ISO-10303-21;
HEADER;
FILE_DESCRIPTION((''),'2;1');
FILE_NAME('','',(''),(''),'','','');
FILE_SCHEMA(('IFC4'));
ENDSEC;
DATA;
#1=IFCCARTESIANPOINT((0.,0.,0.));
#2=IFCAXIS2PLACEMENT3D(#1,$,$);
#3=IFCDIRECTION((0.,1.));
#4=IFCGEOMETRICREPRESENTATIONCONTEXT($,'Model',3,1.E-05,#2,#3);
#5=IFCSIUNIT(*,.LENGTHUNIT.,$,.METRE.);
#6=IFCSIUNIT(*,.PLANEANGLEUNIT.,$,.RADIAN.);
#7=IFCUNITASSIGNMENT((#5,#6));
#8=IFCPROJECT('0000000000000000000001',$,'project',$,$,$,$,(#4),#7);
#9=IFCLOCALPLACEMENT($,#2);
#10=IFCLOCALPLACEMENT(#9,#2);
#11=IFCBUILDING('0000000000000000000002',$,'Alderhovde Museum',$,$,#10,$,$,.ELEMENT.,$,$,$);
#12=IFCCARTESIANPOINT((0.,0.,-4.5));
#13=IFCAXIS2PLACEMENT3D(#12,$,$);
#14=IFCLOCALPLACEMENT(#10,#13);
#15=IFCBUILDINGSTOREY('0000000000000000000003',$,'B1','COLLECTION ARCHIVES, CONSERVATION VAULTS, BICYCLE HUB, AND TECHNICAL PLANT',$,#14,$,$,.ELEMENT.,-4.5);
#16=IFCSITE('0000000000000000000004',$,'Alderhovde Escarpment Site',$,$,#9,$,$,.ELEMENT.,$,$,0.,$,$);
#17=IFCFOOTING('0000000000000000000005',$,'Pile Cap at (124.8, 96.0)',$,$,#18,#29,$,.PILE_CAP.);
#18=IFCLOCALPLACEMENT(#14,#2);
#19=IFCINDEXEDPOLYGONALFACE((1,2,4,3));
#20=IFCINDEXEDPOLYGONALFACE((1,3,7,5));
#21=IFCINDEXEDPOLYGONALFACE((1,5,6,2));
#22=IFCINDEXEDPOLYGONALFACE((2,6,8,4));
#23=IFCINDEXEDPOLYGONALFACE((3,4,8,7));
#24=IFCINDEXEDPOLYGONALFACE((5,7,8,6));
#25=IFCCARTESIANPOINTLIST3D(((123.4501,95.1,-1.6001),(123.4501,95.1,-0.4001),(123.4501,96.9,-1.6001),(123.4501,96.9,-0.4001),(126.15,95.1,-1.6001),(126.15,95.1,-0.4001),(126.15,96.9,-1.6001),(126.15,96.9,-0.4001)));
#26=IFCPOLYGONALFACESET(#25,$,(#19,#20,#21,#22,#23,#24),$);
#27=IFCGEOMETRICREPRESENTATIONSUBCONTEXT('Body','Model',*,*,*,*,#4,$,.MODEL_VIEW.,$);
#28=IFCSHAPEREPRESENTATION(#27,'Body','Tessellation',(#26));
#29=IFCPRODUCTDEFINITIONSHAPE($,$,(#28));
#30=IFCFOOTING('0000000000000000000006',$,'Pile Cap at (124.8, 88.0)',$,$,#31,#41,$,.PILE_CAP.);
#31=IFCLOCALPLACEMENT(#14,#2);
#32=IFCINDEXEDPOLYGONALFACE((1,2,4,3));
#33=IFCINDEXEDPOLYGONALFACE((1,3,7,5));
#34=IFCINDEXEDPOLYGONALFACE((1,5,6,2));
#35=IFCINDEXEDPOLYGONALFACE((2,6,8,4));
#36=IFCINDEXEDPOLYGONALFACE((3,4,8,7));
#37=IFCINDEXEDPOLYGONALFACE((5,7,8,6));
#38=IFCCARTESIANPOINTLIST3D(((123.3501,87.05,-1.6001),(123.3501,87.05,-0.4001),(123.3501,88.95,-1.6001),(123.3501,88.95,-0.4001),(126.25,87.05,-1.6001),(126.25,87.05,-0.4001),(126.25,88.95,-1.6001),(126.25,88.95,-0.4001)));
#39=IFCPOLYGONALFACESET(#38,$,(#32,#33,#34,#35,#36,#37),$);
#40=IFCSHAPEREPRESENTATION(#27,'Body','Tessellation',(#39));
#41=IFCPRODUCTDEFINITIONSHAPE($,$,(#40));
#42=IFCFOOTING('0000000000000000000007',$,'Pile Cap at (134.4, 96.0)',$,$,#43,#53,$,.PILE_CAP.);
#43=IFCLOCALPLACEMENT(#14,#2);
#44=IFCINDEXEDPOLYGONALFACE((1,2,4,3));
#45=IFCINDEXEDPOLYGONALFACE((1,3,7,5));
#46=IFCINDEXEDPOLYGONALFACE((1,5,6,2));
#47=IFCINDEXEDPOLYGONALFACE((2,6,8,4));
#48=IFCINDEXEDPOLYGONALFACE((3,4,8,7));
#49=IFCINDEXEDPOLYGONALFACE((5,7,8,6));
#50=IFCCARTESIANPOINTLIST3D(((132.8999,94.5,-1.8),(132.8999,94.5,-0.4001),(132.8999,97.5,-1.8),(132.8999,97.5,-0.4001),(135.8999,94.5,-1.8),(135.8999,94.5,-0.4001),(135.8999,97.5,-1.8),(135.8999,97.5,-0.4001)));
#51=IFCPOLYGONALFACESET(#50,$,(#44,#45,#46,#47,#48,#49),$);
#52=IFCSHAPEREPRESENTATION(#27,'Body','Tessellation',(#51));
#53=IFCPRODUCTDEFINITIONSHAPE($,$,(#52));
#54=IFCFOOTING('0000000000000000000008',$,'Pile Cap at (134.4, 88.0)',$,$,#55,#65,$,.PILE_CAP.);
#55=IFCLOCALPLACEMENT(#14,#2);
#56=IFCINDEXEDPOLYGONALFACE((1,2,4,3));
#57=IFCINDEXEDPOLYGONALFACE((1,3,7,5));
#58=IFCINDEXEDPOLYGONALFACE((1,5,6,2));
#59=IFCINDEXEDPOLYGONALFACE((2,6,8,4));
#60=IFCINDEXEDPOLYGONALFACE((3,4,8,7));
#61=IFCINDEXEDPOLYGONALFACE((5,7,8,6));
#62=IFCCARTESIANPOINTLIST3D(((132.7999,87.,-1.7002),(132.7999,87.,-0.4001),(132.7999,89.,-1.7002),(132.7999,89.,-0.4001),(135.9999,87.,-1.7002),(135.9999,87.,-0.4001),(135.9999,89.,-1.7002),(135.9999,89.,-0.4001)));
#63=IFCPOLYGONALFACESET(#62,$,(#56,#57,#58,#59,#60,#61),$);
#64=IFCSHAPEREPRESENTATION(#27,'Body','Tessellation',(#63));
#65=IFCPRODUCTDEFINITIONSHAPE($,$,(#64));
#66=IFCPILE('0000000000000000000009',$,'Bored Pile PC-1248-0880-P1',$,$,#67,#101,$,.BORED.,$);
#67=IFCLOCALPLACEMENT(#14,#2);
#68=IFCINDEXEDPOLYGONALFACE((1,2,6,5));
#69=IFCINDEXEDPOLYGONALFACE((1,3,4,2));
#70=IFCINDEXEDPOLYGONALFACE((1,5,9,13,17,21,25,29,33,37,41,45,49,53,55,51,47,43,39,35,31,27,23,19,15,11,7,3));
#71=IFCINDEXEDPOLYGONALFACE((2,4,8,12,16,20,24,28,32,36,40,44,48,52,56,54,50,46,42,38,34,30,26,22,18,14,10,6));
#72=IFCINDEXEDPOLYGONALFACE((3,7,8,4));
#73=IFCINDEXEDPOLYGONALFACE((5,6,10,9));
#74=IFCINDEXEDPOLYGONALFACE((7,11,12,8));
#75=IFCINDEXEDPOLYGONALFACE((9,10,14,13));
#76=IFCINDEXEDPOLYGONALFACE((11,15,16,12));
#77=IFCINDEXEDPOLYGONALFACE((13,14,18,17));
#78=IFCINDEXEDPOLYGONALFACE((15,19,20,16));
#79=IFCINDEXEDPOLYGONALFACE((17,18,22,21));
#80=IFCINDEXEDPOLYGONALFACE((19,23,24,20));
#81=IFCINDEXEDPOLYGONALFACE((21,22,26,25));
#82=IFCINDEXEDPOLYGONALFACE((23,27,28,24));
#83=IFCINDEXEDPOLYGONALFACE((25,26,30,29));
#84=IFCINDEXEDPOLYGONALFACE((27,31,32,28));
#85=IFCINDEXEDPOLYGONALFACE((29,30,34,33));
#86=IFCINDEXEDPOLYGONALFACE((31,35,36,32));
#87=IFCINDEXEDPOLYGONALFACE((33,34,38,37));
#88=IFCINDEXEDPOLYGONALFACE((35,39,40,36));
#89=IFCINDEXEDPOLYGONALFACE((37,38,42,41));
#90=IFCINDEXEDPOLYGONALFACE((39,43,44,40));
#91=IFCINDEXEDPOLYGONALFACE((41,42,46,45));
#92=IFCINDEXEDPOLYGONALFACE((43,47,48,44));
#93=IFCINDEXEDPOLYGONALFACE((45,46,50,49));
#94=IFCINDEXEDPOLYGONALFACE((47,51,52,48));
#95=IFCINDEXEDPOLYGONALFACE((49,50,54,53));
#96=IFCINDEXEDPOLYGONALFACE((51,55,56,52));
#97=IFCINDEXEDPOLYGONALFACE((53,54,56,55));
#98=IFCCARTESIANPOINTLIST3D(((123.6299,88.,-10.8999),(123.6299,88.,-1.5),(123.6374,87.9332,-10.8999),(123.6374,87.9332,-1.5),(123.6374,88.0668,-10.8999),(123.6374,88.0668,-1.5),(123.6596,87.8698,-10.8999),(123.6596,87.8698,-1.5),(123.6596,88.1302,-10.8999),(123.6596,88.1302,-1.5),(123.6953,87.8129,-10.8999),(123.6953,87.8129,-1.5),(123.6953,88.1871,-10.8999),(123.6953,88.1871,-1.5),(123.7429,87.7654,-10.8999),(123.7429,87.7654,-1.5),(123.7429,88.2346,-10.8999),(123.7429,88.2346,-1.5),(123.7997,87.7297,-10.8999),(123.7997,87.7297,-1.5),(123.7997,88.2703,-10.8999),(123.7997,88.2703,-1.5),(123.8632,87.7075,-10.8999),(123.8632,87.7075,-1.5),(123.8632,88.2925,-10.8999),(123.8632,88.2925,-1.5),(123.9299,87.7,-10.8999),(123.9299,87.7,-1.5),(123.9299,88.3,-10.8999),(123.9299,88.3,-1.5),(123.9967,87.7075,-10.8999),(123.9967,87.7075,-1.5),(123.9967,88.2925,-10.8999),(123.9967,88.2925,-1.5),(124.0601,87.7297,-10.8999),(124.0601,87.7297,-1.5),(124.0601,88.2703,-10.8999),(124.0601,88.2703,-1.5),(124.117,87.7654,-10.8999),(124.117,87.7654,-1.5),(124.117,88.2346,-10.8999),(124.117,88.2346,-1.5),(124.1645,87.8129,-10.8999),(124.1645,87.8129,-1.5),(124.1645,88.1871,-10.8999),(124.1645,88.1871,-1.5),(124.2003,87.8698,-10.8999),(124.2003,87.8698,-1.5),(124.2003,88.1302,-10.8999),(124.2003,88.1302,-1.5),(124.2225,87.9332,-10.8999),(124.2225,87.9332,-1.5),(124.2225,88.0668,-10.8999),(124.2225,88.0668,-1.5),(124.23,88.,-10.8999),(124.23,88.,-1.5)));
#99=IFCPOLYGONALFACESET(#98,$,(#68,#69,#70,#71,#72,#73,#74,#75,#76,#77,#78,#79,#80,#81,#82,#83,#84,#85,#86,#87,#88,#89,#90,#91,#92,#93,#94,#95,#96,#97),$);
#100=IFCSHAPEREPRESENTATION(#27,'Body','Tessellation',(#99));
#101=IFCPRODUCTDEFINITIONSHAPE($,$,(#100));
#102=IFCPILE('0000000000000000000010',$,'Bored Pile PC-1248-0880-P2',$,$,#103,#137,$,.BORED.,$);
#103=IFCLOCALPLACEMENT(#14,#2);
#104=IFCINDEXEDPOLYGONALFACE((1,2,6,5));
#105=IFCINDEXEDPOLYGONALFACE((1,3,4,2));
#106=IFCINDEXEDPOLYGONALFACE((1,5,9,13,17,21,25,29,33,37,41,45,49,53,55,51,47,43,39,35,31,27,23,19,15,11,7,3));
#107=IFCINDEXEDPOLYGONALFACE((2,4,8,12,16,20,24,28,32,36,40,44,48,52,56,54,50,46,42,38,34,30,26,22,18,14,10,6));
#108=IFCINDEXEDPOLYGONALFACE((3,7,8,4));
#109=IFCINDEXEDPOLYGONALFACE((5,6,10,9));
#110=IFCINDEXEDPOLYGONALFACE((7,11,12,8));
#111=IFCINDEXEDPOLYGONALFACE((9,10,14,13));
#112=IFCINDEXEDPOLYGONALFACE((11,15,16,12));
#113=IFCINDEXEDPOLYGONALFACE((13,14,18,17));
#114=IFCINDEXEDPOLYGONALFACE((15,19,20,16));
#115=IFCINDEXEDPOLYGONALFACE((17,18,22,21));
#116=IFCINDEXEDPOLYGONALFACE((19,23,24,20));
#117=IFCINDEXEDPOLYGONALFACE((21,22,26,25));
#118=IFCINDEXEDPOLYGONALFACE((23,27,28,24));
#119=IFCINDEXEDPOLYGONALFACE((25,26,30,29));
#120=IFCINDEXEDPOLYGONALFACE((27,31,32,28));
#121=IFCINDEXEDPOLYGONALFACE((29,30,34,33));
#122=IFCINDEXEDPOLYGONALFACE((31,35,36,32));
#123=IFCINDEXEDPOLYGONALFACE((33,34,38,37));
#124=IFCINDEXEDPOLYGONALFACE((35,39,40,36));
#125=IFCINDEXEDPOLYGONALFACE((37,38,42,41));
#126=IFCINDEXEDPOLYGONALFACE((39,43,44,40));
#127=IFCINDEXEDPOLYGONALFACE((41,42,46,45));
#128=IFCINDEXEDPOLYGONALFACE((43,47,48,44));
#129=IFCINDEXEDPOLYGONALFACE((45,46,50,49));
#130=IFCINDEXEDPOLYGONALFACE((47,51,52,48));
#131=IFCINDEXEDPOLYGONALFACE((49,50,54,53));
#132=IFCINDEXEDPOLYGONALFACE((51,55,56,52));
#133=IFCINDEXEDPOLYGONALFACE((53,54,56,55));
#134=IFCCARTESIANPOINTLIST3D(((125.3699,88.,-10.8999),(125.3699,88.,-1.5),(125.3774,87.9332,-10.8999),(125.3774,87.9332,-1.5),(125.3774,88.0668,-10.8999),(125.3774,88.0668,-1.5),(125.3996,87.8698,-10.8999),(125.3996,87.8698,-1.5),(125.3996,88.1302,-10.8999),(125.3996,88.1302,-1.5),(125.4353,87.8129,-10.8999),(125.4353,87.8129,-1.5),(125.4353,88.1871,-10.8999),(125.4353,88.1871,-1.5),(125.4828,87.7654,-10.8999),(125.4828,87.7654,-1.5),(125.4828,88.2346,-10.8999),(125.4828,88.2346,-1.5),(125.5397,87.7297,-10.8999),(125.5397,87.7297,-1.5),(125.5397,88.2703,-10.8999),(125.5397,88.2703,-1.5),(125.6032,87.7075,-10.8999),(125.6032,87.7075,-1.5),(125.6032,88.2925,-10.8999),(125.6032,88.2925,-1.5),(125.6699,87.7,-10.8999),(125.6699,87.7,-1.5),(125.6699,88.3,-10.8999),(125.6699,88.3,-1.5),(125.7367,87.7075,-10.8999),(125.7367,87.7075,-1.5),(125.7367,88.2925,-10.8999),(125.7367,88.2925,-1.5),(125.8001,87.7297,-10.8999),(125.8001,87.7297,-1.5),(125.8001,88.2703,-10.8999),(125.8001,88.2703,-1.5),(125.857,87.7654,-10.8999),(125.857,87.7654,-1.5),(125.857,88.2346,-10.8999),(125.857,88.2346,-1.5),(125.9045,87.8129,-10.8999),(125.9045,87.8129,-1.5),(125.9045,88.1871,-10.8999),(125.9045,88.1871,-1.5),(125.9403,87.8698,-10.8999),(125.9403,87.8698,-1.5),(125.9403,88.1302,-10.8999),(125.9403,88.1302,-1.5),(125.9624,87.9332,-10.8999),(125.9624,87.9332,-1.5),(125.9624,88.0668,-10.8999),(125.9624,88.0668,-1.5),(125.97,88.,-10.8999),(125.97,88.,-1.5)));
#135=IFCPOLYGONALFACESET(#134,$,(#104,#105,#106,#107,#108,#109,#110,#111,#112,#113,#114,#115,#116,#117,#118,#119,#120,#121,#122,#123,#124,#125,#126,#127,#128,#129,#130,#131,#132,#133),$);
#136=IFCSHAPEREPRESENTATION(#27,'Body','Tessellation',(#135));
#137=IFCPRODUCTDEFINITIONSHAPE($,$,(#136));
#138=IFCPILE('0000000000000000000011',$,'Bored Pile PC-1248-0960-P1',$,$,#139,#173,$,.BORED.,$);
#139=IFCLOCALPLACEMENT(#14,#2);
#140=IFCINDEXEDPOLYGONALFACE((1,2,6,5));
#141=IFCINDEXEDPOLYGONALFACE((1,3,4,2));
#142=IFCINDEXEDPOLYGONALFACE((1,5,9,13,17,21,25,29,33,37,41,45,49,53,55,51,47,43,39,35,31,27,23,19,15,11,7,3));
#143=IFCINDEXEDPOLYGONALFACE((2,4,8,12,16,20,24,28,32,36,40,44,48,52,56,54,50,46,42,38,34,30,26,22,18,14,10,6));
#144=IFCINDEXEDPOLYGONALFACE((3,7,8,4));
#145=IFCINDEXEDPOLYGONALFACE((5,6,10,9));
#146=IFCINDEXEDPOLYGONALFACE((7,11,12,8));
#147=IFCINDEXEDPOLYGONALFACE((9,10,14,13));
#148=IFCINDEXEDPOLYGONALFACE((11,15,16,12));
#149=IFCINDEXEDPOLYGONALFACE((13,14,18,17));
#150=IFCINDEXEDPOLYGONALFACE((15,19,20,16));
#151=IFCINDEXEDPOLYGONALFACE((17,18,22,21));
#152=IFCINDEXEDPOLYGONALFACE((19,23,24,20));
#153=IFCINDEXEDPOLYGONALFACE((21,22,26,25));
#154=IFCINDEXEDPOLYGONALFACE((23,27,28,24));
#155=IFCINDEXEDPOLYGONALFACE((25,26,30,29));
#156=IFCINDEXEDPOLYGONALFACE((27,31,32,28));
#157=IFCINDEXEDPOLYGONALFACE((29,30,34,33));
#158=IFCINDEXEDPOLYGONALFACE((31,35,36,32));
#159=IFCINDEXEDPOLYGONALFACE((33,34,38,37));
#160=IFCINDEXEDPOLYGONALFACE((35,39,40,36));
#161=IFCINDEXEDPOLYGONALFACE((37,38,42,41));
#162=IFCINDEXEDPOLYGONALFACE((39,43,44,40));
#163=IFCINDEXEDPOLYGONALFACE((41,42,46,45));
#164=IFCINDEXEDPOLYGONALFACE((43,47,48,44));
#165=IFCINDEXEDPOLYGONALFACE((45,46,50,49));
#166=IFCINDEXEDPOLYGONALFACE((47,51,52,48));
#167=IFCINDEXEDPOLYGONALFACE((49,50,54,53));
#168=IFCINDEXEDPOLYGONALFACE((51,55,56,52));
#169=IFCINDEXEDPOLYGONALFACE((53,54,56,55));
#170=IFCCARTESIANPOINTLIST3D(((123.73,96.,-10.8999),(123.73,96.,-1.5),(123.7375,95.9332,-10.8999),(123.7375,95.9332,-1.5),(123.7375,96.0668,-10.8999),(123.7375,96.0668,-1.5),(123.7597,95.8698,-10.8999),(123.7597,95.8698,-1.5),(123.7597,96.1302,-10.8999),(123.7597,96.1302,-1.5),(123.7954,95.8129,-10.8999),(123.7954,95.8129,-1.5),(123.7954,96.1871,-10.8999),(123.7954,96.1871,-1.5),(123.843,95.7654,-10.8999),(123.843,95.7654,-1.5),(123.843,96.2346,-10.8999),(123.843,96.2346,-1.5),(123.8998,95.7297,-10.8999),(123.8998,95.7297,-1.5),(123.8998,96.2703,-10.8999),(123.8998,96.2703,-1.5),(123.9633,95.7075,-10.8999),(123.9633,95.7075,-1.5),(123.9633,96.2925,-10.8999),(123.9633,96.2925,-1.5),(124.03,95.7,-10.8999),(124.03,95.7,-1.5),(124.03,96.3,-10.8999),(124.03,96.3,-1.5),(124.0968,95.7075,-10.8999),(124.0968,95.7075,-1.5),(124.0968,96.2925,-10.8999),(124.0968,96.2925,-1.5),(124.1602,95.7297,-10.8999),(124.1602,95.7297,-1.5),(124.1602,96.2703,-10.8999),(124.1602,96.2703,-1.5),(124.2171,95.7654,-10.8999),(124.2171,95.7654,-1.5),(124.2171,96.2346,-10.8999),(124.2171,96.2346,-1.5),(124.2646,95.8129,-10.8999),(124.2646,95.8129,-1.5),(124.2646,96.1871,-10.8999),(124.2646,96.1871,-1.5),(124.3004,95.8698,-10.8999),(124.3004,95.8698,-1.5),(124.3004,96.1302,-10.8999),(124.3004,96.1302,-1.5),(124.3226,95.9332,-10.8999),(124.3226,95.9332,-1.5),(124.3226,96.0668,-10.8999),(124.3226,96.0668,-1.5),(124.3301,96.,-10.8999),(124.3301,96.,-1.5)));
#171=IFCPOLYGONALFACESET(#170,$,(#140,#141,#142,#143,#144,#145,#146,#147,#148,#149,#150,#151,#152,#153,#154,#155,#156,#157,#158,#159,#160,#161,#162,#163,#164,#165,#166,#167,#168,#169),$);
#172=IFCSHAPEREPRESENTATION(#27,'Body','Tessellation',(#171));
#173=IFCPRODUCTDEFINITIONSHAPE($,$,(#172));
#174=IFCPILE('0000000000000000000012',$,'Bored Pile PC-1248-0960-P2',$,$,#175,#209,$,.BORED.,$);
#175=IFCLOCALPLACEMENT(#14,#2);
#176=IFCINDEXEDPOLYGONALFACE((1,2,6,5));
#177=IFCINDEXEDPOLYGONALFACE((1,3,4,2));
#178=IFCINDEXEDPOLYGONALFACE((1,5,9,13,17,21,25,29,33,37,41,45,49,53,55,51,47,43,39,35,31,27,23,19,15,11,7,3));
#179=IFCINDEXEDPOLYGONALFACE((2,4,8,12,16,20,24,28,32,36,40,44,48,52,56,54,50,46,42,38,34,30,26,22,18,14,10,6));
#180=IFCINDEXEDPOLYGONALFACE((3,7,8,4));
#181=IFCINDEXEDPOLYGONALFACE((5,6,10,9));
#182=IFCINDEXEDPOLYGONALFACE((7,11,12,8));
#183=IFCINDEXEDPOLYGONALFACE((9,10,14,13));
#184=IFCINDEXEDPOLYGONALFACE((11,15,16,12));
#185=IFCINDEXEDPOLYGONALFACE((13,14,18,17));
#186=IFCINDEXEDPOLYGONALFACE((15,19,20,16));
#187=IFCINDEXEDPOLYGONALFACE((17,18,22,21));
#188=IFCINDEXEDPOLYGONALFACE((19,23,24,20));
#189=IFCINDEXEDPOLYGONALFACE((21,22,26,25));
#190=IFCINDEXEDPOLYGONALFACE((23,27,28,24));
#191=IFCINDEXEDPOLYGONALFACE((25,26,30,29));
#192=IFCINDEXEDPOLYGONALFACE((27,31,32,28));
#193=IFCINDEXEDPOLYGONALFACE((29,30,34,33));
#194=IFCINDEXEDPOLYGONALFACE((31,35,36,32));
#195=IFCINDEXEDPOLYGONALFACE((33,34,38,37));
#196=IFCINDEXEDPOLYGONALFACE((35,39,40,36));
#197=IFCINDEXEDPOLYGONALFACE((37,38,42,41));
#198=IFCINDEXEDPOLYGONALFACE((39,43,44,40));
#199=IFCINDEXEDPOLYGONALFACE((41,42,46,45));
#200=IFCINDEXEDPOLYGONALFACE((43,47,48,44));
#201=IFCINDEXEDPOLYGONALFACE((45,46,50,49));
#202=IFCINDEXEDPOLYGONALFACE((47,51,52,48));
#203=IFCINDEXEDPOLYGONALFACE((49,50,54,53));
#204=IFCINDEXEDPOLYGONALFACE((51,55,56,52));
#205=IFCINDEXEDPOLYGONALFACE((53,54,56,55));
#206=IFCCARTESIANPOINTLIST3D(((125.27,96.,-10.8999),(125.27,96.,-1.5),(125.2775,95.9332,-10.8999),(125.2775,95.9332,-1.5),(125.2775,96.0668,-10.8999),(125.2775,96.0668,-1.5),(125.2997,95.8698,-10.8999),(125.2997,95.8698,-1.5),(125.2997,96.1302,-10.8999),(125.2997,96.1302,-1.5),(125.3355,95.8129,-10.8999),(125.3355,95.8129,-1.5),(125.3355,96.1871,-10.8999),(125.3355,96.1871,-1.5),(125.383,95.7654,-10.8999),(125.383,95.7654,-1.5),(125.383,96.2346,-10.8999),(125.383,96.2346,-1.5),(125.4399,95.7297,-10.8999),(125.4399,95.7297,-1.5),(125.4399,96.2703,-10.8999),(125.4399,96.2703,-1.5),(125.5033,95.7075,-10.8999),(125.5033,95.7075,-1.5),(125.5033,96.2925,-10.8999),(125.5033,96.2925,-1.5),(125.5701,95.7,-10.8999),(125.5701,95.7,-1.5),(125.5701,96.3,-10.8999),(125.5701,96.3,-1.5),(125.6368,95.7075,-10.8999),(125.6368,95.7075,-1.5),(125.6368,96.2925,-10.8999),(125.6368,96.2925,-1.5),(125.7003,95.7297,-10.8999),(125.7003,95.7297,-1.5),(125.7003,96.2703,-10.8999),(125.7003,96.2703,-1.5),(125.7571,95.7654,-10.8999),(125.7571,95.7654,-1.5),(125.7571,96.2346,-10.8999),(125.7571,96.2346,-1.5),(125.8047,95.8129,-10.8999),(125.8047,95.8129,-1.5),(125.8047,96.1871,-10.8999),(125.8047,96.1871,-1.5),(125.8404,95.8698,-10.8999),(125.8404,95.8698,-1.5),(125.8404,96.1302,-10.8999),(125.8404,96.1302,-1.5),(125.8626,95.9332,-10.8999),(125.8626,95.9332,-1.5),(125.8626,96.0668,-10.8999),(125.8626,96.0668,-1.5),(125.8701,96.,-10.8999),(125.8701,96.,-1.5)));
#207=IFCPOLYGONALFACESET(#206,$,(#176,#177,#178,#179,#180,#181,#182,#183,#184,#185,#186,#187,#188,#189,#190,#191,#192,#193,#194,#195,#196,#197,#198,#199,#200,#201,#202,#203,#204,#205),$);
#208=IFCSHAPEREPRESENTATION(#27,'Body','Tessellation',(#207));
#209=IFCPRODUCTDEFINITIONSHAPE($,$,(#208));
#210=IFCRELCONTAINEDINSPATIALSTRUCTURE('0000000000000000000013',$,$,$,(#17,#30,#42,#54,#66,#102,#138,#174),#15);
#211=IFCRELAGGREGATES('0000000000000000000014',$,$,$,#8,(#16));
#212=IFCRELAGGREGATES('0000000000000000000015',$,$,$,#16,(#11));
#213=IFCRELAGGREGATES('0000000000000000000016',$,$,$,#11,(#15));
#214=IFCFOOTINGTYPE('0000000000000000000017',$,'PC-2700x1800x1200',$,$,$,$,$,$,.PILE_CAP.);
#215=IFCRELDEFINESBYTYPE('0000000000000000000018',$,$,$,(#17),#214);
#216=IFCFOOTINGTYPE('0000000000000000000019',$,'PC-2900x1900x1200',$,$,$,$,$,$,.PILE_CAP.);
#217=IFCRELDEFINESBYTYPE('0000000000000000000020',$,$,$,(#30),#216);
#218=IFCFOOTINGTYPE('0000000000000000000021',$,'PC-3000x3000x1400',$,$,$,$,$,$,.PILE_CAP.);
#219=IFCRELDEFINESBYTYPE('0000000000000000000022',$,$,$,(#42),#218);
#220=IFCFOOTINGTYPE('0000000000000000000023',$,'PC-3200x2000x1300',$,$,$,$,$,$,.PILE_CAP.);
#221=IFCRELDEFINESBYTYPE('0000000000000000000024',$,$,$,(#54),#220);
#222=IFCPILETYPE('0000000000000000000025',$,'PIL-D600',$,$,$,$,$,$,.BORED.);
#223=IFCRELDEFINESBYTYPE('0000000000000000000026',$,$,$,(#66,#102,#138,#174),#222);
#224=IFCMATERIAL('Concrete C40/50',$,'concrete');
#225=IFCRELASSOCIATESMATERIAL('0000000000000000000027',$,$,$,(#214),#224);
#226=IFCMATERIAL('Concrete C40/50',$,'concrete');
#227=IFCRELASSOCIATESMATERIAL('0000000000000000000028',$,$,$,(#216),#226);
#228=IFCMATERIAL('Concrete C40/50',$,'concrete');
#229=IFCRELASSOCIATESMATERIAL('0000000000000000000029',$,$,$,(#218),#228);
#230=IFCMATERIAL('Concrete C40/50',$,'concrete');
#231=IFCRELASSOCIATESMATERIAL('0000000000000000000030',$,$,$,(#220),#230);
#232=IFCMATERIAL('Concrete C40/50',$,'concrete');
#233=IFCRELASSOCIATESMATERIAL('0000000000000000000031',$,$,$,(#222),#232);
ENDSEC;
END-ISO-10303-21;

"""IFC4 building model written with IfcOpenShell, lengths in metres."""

from ifc_helpers import new_model, si_unit, direction, frame, origin, origin_2d, place, context, subcontext, project, spatial, rectangle, circle, extrude, material, material_profile, profile_set, type_object, element, save


model = new_model("IFC4")

# Units and contexts
model_context = context("Model", 3, precision=1e-05, world=origin(), true_north=direction((0.0, 1.0)))
body_context = subcontext(model_context, "Body", "Model", "MODEL_VIEW")
ifc_project = project(units=[si_unit("LENGTHUNIT", "METRE"), si_unit("PLANEANGLEUNIT", "RADIAN")], contexts=[model_context])

# Site, building, storey
site_placement = place(None, origin())
site = spatial("IfcSite", under=ifc_project, at=site_placement, Name="Alderhovde Escarpment Site", CompositionType="ELEMENT", RefElevation=0.0)
building_placement = place(site_placement, origin())
building = spatial("IfcBuilding", under=site, at=building_placement, Name="Alderhovde Museum", CompositionType="ELEMENT")
storey_placement = place(building_placement, frame((0.0, 0.0, -4.5)))
storey = spatial("IfcBuildingStorey", under=building, at=storey_placement, Name="B1", Description="COLLECTION ARCHIVES, CONSERVATION VAULTS, BICYCLE HUB, AND TECHNICAL PLANT", CompositionType="ELEMENT", Elevation=-4.5)

# Footings
ifc_material_1 = material(Name="Concrete C40/50", Category="concrete")
footing_type_1 = type_object("IfcFootingType", Name="PC-2700x1800x1200", PredefinedType="PILE_CAP", material=ifc_material_1)
footing_1_placement = place(storey_placement, frame((124.8, 96.0, -1.6001), z_axis=(0.0, 0.0, 1.0), x_axis=(1.0, 0.0, 0.0)))
element("IfcFooting", 1, at=footing_1_placement, inside=storey, type_object=footing_type_1, Name="Pile Cap at (124.8, 96.0)", PredefinedType="PILE_CAP", context=body_context, shape_type="SweptSolid", body=[
    extrude(rectangle(XDim=2.7, YDim=1.8, at=origin_2d()), origin(), (0.0, 0.0, 1.0), 1.2),
])
ifc_material_2 = material(Name="Concrete C40/50", Category="concrete")
footing_type_2 = type_object("IfcFootingType", Name="PC-2900x1900x1200", PredefinedType="PILE_CAP", material=ifc_material_2)
footing_2_placement = place(storey_placement, frame((124.8, 88.0, -1.6001), z_axis=(0.0, 0.0, 1.0), x_axis=(1.0, 0.0, 0.0)))
element("IfcFooting", 2, at=footing_2_placement, inside=storey, type_object=footing_type_2, Name="Pile Cap at (124.8, 88.0)", PredefinedType="PILE_CAP", context=body_context, shape_type="SweptSolid", body=[
    extrude(rectangle(XDim=2.8999, YDim=1.8999, at=origin_2d()), origin(), (0.0, 0.0, 1.0), 1.2),
])
ifc_material_3 = material(Name="Concrete C40/50", Category="concrete")
footing_type_3 = type_object("IfcFootingType", Name="PC-3000x3000x1400", PredefinedType="PILE_CAP", material=ifc_material_3)
footing_3_placement = place(storey_placement, frame((134.3999, 96.0, -1.8), z_axis=(0.0, 0.0, 1.0), x_axis=(1.0, 0.0, 0.0)))
element("IfcFooting", 3, at=footing_3_placement, inside=storey, type_object=footing_type_3, Name="Pile Cap at (134.4, 96.0)", PredefinedType="PILE_CAP", context=body_context, shape_type="SweptSolid", body=[
    extrude(rectangle(XDim=3.0, YDim=3.0, at=origin_2d()), origin(), (0.0, 0.0, 1.0), 1.3999),
])
ifc_material_4 = material(Name="Concrete C40/50", Category="concrete")
footing_type_4 = type_object("IfcFootingType", Name="PC-3200x2000x1300", PredefinedType="PILE_CAP", material=ifc_material_4)
footing_4_placement = place(storey_placement, frame((134.3999, 88.0, -1.7002), z_axis=(0.0, 0.0, 1.0), x_axis=(1.0, 0.0, 0.0)))
element("IfcFooting", 4, at=footing_4_placement, inside=storey, type_object=footing_type_4, Name="Pile Cap at (134.4, 88.0)", PredefinedType="PILE_CAP", context=body_context, shape_type="SweptSolid", body=[
    extrude(rectangle(XDim=3.2, YDim=2.0, at=origin_2d()), origin(), (0.0, 0.0, 1.0), 1.3),
])

# Piles
ifc_material_5 = material(Name="Concrete C40/50", Category="concrete")
ifc_material_profile_1 = material_profile(ifc_material_5, circle(Radius=0.3, at=origin_2d()), Name="PILE-D600")
ifc_profile_set_1 = profile_set([ifc_material_profile_1], Name="Concrete C40/50")
pile_type_1 = type_object("IfcPileType", Name="PIL-D600", PredefinedType="BORED", material=ifc_profile_set_1)
for number, where, z_axis, x_axis, name in (
    (5, (123.9299, 88.0, -1.5), (0.0, 0.0, -1.0), (1.0, 0.0, 0.0), "Bored Pile PC-1248-0880-P1"),
    (6, (125.6699, 88.0, -1.5), (0.0, 0.0, -1.0), (1.0, 0.0, 0.0), "Bored Pile PC-1248-0880-P2"),
    (7, (124.03, 96.0, -1.5), (0.0, 0.0, -1.0), (1.0, 0.0, 0.0), "Bored Pile PC-1248-0960-P1"),
    (8, (125.5701, 96.0, -1.5), (0.0, 0.0, -1.0), (1.0, 0.0, 0.0), "Bored Pile PC-1248-0960-P2"),
):
    element("IfcPile", number, at=place(storey_placement, frame(where, z_axis=z_axis, x_axis=x_axis)), inside=storey, type_object=pile_type_1, Name=name, PredefinedType="BORED", context=body_context, shape_type="SweptSolid", body=[
        extrude(circle(Radius=0.3, at=origin_2d()), origin(), (0.0, 0.0, 1.0), 9.3999),
    ])

save(model, "model.ifc")
